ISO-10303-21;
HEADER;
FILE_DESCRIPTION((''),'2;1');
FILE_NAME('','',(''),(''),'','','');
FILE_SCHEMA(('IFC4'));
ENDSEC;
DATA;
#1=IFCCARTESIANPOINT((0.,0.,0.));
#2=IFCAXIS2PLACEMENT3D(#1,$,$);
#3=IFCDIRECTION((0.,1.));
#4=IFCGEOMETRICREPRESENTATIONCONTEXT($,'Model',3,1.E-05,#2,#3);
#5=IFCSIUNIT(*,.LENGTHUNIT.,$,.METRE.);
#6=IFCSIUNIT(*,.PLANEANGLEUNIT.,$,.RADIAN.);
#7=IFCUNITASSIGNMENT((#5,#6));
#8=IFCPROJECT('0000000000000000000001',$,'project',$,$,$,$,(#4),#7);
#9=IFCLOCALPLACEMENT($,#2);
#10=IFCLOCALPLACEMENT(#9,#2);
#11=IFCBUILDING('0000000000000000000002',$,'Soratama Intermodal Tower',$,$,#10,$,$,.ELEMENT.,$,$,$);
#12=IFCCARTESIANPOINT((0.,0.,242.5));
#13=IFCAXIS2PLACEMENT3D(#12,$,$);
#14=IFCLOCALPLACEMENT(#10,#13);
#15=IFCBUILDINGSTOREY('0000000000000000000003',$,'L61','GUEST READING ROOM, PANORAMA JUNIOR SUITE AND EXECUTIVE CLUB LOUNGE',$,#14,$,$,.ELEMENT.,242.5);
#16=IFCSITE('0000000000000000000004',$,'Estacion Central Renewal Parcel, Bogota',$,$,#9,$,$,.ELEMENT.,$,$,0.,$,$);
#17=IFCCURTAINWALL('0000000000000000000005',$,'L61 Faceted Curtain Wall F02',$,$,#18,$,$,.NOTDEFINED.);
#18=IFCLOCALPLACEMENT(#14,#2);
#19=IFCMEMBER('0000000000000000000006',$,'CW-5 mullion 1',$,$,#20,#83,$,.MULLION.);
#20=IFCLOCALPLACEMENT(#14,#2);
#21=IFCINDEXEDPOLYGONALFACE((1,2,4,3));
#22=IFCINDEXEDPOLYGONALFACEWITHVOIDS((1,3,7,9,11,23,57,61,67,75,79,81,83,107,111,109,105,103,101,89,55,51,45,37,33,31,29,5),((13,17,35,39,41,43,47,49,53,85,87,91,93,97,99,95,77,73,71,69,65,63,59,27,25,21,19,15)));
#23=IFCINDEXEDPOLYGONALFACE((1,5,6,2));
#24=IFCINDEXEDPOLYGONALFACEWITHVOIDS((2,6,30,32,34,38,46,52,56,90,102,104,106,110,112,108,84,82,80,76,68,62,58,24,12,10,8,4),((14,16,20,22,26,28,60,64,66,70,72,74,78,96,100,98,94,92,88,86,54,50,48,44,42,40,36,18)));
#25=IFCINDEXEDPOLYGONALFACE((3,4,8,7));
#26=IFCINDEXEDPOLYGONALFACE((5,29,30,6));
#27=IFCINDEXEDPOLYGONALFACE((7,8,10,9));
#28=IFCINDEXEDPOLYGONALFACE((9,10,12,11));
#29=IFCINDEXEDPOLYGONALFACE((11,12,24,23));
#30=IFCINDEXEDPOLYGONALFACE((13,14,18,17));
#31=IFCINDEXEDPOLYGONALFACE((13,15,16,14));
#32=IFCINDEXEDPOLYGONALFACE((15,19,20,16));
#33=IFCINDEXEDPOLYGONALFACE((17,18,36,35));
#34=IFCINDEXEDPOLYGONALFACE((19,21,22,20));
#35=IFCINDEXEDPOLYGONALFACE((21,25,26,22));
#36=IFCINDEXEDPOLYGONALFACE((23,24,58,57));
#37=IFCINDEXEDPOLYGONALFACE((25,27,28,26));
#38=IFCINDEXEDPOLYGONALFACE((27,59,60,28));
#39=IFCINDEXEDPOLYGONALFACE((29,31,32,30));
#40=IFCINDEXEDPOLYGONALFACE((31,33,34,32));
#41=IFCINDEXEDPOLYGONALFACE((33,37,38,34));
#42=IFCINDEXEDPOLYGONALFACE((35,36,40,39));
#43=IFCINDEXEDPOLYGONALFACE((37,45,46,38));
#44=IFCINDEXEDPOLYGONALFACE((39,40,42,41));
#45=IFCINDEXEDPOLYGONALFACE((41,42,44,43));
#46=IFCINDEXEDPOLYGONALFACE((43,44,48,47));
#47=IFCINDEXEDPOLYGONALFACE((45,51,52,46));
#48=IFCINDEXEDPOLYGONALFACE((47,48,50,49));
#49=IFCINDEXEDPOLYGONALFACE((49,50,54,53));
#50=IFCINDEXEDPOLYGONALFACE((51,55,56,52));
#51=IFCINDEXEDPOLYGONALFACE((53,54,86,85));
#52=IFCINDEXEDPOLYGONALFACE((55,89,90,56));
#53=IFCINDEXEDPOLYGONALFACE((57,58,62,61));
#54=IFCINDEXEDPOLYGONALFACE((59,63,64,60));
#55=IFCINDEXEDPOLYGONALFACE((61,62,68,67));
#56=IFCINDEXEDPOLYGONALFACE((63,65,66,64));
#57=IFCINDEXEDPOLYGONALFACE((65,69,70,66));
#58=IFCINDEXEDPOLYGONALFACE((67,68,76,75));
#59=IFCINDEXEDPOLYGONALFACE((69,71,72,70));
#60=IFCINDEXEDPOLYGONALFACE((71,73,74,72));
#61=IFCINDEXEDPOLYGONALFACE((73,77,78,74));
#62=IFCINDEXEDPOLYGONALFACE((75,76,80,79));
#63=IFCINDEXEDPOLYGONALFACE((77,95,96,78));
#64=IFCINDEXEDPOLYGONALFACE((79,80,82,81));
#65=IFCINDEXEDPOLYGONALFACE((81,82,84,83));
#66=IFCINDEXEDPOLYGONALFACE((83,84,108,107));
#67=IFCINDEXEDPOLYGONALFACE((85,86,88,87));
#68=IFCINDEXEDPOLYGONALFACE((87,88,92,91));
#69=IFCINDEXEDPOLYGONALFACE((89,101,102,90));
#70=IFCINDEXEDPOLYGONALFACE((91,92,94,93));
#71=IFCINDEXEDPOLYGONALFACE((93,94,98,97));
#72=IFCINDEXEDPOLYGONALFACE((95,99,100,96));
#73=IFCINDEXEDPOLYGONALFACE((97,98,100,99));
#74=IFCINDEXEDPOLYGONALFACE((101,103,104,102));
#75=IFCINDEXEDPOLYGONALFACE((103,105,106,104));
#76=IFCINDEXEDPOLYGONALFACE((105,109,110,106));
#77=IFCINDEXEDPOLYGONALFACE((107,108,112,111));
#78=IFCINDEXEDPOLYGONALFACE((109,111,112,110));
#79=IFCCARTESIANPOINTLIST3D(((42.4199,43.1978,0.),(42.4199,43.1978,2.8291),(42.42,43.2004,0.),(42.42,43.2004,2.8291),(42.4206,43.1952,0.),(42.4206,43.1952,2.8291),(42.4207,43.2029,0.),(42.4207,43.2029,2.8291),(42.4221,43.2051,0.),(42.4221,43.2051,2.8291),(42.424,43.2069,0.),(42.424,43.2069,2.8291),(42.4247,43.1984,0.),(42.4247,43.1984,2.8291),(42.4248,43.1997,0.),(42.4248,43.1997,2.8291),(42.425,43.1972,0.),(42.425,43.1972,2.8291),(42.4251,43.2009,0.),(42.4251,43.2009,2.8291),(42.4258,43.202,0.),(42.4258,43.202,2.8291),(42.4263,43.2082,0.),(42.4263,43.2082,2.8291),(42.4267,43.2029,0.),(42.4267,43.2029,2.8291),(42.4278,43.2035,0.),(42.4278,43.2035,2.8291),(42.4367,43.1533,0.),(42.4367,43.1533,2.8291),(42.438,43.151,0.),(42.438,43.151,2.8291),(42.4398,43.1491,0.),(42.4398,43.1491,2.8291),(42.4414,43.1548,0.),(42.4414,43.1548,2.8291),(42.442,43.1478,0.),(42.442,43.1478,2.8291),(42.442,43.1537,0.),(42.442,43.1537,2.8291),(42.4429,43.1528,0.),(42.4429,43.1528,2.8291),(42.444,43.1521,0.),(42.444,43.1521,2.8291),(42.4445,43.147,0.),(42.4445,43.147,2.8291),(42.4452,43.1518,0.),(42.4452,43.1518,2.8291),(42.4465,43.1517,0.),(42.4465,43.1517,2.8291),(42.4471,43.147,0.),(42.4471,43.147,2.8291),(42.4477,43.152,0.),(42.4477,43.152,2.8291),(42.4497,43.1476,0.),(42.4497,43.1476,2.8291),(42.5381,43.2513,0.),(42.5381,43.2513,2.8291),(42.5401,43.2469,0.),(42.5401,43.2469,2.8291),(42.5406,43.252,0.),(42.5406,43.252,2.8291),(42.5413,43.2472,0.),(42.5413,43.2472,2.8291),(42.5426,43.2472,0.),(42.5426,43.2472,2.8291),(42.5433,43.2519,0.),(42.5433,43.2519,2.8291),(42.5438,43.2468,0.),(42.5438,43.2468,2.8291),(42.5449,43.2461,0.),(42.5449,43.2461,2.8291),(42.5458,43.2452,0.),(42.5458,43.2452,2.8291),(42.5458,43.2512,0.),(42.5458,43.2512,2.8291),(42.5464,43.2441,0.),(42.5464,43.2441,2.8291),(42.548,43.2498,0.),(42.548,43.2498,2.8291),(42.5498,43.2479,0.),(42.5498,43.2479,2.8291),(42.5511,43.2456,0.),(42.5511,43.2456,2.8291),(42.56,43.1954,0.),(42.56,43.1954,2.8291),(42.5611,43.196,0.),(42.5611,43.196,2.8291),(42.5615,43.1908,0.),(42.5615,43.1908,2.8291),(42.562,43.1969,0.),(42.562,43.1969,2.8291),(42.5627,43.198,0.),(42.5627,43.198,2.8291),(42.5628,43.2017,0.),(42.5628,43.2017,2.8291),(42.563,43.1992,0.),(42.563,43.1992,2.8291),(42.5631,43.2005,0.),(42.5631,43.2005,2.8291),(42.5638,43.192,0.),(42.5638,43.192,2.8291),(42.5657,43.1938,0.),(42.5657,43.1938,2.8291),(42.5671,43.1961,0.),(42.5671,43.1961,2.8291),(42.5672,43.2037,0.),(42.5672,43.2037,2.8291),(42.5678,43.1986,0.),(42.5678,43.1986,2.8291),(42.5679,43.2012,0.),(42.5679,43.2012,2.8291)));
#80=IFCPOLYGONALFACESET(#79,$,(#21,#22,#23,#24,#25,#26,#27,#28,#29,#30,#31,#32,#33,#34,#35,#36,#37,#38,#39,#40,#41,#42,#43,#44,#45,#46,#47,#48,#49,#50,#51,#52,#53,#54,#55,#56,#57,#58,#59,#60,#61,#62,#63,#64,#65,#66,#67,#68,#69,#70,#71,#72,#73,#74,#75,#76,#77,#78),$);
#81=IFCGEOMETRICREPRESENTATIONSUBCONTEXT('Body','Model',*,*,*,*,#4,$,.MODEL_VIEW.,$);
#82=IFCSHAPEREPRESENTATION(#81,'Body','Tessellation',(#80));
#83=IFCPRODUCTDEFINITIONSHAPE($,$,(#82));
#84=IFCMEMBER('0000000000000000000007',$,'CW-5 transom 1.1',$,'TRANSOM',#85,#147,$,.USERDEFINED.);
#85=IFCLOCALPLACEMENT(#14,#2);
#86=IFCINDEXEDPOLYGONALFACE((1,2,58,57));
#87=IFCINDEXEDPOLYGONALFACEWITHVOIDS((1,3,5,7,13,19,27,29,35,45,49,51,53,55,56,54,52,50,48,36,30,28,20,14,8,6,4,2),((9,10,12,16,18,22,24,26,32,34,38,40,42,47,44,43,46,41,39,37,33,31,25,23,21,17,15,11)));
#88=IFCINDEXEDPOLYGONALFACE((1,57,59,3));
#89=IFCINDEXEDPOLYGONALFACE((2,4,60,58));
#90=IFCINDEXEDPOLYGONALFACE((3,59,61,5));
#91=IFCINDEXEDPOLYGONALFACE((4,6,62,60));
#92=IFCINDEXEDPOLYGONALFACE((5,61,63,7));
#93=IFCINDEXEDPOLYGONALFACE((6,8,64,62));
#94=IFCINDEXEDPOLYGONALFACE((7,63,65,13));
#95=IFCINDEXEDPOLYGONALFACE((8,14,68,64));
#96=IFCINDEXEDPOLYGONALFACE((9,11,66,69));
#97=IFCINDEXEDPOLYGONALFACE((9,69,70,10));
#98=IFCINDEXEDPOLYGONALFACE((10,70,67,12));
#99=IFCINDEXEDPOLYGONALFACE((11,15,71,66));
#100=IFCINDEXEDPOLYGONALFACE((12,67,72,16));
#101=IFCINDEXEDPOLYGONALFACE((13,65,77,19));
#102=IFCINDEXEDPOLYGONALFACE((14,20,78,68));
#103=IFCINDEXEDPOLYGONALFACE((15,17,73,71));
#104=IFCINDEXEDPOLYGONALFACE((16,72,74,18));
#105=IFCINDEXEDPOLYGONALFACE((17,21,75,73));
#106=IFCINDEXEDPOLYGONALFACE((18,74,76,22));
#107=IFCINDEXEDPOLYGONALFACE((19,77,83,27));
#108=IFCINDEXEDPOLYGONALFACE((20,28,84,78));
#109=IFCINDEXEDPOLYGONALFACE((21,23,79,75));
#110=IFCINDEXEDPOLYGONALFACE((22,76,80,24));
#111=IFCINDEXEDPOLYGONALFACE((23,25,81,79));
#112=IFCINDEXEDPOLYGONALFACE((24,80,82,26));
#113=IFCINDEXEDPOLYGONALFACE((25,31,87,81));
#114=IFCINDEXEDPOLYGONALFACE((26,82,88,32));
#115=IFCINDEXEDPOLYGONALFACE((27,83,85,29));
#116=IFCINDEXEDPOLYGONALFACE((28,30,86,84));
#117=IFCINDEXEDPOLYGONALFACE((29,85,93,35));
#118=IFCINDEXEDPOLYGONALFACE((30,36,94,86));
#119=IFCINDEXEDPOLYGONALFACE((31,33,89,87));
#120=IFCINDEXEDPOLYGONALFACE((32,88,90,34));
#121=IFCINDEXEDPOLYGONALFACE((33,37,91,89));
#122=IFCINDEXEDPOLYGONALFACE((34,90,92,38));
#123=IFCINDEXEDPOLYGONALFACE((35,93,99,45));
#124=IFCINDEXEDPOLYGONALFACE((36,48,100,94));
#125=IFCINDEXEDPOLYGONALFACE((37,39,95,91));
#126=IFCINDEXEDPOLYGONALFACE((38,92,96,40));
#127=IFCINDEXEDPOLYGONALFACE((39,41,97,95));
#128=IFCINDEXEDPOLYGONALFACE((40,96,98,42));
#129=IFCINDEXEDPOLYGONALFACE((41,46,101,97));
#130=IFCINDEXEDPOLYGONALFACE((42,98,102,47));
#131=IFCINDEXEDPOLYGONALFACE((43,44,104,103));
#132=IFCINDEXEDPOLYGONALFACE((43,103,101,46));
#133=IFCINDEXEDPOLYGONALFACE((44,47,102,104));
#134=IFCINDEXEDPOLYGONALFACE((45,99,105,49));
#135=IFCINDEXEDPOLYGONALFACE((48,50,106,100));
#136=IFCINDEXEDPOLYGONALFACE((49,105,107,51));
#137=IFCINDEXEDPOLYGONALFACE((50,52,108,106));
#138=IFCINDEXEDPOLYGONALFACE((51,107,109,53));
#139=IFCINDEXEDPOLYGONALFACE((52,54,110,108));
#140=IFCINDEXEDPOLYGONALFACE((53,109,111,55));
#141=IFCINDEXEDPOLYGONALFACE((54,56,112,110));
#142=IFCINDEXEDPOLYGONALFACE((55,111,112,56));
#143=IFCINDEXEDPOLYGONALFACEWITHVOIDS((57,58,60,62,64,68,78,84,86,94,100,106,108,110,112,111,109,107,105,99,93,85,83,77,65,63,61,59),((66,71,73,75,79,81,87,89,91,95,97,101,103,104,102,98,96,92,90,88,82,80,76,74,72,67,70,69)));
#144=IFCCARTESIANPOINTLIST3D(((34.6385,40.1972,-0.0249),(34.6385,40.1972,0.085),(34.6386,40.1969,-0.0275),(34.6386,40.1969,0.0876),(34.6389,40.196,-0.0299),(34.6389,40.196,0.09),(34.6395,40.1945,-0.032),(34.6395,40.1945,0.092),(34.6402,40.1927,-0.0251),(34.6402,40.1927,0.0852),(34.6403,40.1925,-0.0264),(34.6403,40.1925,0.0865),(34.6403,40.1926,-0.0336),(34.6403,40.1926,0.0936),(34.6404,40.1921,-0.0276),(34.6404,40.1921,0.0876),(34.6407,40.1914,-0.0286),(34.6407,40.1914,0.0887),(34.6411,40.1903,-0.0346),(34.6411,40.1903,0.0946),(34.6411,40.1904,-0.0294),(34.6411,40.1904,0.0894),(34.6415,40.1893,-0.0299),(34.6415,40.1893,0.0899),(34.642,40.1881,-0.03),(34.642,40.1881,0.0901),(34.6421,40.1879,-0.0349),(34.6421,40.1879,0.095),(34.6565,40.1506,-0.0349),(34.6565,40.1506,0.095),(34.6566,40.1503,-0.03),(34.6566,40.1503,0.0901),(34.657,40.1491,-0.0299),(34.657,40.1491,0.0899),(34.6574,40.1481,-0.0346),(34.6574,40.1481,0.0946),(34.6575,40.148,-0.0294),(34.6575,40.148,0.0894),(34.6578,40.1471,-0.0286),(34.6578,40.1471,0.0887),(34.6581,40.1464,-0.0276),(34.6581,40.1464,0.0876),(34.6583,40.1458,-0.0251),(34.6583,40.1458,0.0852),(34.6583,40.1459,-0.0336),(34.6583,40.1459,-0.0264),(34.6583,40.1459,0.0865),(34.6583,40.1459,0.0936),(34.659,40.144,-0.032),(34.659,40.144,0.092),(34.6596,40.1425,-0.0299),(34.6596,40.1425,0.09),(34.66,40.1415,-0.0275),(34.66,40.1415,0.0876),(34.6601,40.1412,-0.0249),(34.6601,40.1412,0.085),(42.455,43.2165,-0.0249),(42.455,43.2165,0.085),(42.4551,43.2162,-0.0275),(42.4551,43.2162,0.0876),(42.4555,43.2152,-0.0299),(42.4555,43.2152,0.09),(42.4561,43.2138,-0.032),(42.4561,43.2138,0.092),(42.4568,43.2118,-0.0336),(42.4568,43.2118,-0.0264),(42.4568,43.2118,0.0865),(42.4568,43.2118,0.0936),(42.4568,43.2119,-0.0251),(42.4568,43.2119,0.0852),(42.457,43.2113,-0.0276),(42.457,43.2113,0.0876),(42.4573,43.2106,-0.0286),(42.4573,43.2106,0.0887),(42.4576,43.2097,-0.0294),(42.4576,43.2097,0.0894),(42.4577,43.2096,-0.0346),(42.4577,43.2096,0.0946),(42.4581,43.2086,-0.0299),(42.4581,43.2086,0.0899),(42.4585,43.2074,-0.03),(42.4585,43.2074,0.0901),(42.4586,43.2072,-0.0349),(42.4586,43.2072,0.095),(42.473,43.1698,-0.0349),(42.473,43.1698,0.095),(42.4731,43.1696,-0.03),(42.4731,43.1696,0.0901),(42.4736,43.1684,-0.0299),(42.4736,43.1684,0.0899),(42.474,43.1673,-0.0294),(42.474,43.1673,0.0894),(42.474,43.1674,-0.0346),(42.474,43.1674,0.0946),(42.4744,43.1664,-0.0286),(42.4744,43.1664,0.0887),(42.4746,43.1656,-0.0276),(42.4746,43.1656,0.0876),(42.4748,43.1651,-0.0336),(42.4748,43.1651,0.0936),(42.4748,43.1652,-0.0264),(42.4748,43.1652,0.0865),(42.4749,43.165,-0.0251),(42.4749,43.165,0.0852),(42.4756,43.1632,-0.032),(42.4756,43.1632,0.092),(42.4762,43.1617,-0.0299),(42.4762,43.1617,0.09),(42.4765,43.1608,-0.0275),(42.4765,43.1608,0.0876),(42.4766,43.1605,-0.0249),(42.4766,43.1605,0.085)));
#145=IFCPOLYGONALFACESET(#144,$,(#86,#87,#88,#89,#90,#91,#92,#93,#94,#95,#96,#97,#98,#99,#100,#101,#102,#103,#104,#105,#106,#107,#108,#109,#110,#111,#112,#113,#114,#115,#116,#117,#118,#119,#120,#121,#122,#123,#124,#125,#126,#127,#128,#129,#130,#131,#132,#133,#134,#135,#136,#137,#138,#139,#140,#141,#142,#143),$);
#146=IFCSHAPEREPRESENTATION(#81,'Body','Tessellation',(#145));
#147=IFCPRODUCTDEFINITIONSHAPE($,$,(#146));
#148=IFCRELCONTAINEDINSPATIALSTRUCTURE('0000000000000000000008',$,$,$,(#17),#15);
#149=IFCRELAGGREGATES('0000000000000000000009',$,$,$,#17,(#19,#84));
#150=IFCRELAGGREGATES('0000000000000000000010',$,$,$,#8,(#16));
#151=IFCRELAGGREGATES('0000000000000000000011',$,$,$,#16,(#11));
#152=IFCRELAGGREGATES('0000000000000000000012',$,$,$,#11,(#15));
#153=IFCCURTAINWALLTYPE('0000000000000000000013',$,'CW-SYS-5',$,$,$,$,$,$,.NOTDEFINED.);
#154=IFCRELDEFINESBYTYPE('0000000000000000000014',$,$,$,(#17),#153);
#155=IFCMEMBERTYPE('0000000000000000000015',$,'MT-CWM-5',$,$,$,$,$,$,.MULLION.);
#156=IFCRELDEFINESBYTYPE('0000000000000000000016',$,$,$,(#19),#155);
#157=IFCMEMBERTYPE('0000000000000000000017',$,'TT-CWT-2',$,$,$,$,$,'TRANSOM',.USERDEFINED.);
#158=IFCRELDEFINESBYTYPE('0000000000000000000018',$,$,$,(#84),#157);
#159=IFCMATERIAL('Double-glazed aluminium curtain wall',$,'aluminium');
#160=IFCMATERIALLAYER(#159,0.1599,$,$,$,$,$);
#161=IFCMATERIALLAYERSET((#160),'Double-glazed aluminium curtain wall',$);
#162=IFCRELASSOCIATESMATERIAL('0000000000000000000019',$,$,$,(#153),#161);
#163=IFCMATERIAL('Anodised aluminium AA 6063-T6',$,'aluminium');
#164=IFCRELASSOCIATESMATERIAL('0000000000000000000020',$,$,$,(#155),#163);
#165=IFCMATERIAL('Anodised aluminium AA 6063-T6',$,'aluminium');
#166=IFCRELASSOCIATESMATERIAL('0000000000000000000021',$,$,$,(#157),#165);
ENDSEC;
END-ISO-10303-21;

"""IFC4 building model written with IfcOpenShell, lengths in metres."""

from ifc_helpers import new_model, si_unit, direction, frame, origin, origin_2d, place, context, subcontext, project, spatial, hollow_rectangle, extrude, material, layer, layer_set, material_profile, profile_set, type_object, element, aggregate, save


model = new_model("IFC4")

# Units and contexts
model_context = context("Model", 3, precision=1e-05, world=origin(), true_north=direction((0.0, 1.0)))
body_context = subcontext(model_context, "Body", "Model", "MODEL_VIEW")
ifc_project = project(units=[si_unit("LENGTHUNIT", "METRE"), si_unit("PLANEANGLEUNIT", "RADIAN")], contexts=[model_context])

# Site, building, storey
site_placement = place(None, origin())
site = spatial("IfcSite", under=ifc_project, at=site_placement, Name="Estacion Central Renewal Parcel, Bogota", CompositionType="ELEMENT", RefElevation=0.0)
building_placement = place(site_placement, origin())
building = spatial("IfcBuilding", under=site, at=building_placement, Name="Soratama Intermodal Tower", CompositionType="ELEMENT")
storey_placement = place(building_placement, frame((0.0, 0.0, 242.5)))
storey = spatial("IfcBuildingStorey", under=building, at=storey_placement, Name="L61", Description="GUEST READING ROOM, PANORAMA JUNIOR SUITE AND EXECUTIVE CLUB LOUNGE", CompositionType="ELEMENT", Elevation=242.5)

# Curtain wall, members
ifc_material_1 = material(Name="Double-glazed aluminium curtain wall", Category="aluminium")
ifc_layer_1 = layer(ifc_material_1, 0.1599)
ifc_layer_set_1 = layer_set([ifc_layer_1], Name="Double-glazed aluminium curtain wall")
curtain_wall_type = type_object("IfcCurtainWallType", Name="CW-SYS-5", PredefinedType="NOTDEFINED", material=ifc_layer_set_1)
curtain_wall_placement = place(storey_placement, origin())
curtain_wall = element("IfcCurtainWall", 1, at=curtain_wall_placement, inside=storey, type_object=curtain_wall_type, Name="L61 Faceted Curtain Wall F02", PredefinedType="NOTDEFINED")
ifc_material_2 = material(Name="Anodised aluminium AA 6063-T6", Category="aluminium")
ifc_material_profile_1 = material_profile(ifc_material_2, hollow_rectangle(XDim=0.0649, YDim=0.1399, WallThickness=0.0049, InnerFilletRadius=0.0049, OuterFilletRadius=0.01, at=origin_2d()), Name="CWM140X65X5")
ifc_profile_set_1 = profile_set([ifc_material_profile_1], Name="Anodised aluminium AA 6063-T6")
member_type_1 = type_object("IfcMemberType", Name="MT-CWM-5", PredefinedType="MULLION", material=ifc_profile_set_1)
member_1_placement = place(storey_placement, frame((42.4939, 43.1995, 0.0), z_axis=(0.0, 0.0, 1.0), x_axis=(0.360328, -0.932826, 0.0)))
member_1 = element("IfcMember", 2, at=member_1_placement, type_object=member_type_1, Name="CW-5 mullion 1", PredefinedType="MULLION", context=body_context, shape_type="SweptSolid", body=[
    extrude(hollow_rectangle(XDim=0.0649, YDim=0.1399, WallThickness=0.0049, InnerFilletRadius=0.0049, OuterFilletRadius=0.01, at=origin_2d()), origin(), (0.0, 0.0, 1.0), 2.8291),
])
ifc_material_3 = material(Name="Anodised aluminium AA 6063-T6", Category="aluminium")
ifc_material_profile_2 = material_profile(ifc_material_3, hollow_rectangle(XDim=0.0601, YDim=0.1299, WallThickness=0.0049, InnerFilletRadius=0.0049, OuterFilletRadius=0.01, at=origin_2d()), Name="CWT130X60X5")
ifc_profile_set_2 = profile_set([ifc_material_profile_2], Name="Anodised aluminium AA 6063-T6")
member_type_2 = type_object("IfcMemberType", Name="TT-CWT-2", ElementType="TRANSOM", PredefinedType="USERDEFINED", material=ifc_profile_set_2)
member_2_placement = place(storey_placement, frame((42.4658, 43.1885, 0.03), z_axis=(-0.93283, -0.360318, 0.0), x_axis=(0.360318, -0.93283, 0.0)))
member_2 = element("IfcMember", 3, at=member_2_placement, type_object=member_type_2, Name="CW-5 transom 1.1", ObjectType="TRANSOM", PredefinedType="USERDEFINED", context=body_context, shape_type="SweptSolid", body=[
    extrude(hollow_rectangle(XDim=0.0601, YDim=0.1299, WallThickness=0.0049, InnerFilletRadius=0.0049, OuterFilletRadius=0.01, at=origin_2d()), origin(), (0.0, 0.0, 1.0), 8.3794),
])
aggregate(curtain_wall, [member_1, member_2])

save(model, "model.ifc")
